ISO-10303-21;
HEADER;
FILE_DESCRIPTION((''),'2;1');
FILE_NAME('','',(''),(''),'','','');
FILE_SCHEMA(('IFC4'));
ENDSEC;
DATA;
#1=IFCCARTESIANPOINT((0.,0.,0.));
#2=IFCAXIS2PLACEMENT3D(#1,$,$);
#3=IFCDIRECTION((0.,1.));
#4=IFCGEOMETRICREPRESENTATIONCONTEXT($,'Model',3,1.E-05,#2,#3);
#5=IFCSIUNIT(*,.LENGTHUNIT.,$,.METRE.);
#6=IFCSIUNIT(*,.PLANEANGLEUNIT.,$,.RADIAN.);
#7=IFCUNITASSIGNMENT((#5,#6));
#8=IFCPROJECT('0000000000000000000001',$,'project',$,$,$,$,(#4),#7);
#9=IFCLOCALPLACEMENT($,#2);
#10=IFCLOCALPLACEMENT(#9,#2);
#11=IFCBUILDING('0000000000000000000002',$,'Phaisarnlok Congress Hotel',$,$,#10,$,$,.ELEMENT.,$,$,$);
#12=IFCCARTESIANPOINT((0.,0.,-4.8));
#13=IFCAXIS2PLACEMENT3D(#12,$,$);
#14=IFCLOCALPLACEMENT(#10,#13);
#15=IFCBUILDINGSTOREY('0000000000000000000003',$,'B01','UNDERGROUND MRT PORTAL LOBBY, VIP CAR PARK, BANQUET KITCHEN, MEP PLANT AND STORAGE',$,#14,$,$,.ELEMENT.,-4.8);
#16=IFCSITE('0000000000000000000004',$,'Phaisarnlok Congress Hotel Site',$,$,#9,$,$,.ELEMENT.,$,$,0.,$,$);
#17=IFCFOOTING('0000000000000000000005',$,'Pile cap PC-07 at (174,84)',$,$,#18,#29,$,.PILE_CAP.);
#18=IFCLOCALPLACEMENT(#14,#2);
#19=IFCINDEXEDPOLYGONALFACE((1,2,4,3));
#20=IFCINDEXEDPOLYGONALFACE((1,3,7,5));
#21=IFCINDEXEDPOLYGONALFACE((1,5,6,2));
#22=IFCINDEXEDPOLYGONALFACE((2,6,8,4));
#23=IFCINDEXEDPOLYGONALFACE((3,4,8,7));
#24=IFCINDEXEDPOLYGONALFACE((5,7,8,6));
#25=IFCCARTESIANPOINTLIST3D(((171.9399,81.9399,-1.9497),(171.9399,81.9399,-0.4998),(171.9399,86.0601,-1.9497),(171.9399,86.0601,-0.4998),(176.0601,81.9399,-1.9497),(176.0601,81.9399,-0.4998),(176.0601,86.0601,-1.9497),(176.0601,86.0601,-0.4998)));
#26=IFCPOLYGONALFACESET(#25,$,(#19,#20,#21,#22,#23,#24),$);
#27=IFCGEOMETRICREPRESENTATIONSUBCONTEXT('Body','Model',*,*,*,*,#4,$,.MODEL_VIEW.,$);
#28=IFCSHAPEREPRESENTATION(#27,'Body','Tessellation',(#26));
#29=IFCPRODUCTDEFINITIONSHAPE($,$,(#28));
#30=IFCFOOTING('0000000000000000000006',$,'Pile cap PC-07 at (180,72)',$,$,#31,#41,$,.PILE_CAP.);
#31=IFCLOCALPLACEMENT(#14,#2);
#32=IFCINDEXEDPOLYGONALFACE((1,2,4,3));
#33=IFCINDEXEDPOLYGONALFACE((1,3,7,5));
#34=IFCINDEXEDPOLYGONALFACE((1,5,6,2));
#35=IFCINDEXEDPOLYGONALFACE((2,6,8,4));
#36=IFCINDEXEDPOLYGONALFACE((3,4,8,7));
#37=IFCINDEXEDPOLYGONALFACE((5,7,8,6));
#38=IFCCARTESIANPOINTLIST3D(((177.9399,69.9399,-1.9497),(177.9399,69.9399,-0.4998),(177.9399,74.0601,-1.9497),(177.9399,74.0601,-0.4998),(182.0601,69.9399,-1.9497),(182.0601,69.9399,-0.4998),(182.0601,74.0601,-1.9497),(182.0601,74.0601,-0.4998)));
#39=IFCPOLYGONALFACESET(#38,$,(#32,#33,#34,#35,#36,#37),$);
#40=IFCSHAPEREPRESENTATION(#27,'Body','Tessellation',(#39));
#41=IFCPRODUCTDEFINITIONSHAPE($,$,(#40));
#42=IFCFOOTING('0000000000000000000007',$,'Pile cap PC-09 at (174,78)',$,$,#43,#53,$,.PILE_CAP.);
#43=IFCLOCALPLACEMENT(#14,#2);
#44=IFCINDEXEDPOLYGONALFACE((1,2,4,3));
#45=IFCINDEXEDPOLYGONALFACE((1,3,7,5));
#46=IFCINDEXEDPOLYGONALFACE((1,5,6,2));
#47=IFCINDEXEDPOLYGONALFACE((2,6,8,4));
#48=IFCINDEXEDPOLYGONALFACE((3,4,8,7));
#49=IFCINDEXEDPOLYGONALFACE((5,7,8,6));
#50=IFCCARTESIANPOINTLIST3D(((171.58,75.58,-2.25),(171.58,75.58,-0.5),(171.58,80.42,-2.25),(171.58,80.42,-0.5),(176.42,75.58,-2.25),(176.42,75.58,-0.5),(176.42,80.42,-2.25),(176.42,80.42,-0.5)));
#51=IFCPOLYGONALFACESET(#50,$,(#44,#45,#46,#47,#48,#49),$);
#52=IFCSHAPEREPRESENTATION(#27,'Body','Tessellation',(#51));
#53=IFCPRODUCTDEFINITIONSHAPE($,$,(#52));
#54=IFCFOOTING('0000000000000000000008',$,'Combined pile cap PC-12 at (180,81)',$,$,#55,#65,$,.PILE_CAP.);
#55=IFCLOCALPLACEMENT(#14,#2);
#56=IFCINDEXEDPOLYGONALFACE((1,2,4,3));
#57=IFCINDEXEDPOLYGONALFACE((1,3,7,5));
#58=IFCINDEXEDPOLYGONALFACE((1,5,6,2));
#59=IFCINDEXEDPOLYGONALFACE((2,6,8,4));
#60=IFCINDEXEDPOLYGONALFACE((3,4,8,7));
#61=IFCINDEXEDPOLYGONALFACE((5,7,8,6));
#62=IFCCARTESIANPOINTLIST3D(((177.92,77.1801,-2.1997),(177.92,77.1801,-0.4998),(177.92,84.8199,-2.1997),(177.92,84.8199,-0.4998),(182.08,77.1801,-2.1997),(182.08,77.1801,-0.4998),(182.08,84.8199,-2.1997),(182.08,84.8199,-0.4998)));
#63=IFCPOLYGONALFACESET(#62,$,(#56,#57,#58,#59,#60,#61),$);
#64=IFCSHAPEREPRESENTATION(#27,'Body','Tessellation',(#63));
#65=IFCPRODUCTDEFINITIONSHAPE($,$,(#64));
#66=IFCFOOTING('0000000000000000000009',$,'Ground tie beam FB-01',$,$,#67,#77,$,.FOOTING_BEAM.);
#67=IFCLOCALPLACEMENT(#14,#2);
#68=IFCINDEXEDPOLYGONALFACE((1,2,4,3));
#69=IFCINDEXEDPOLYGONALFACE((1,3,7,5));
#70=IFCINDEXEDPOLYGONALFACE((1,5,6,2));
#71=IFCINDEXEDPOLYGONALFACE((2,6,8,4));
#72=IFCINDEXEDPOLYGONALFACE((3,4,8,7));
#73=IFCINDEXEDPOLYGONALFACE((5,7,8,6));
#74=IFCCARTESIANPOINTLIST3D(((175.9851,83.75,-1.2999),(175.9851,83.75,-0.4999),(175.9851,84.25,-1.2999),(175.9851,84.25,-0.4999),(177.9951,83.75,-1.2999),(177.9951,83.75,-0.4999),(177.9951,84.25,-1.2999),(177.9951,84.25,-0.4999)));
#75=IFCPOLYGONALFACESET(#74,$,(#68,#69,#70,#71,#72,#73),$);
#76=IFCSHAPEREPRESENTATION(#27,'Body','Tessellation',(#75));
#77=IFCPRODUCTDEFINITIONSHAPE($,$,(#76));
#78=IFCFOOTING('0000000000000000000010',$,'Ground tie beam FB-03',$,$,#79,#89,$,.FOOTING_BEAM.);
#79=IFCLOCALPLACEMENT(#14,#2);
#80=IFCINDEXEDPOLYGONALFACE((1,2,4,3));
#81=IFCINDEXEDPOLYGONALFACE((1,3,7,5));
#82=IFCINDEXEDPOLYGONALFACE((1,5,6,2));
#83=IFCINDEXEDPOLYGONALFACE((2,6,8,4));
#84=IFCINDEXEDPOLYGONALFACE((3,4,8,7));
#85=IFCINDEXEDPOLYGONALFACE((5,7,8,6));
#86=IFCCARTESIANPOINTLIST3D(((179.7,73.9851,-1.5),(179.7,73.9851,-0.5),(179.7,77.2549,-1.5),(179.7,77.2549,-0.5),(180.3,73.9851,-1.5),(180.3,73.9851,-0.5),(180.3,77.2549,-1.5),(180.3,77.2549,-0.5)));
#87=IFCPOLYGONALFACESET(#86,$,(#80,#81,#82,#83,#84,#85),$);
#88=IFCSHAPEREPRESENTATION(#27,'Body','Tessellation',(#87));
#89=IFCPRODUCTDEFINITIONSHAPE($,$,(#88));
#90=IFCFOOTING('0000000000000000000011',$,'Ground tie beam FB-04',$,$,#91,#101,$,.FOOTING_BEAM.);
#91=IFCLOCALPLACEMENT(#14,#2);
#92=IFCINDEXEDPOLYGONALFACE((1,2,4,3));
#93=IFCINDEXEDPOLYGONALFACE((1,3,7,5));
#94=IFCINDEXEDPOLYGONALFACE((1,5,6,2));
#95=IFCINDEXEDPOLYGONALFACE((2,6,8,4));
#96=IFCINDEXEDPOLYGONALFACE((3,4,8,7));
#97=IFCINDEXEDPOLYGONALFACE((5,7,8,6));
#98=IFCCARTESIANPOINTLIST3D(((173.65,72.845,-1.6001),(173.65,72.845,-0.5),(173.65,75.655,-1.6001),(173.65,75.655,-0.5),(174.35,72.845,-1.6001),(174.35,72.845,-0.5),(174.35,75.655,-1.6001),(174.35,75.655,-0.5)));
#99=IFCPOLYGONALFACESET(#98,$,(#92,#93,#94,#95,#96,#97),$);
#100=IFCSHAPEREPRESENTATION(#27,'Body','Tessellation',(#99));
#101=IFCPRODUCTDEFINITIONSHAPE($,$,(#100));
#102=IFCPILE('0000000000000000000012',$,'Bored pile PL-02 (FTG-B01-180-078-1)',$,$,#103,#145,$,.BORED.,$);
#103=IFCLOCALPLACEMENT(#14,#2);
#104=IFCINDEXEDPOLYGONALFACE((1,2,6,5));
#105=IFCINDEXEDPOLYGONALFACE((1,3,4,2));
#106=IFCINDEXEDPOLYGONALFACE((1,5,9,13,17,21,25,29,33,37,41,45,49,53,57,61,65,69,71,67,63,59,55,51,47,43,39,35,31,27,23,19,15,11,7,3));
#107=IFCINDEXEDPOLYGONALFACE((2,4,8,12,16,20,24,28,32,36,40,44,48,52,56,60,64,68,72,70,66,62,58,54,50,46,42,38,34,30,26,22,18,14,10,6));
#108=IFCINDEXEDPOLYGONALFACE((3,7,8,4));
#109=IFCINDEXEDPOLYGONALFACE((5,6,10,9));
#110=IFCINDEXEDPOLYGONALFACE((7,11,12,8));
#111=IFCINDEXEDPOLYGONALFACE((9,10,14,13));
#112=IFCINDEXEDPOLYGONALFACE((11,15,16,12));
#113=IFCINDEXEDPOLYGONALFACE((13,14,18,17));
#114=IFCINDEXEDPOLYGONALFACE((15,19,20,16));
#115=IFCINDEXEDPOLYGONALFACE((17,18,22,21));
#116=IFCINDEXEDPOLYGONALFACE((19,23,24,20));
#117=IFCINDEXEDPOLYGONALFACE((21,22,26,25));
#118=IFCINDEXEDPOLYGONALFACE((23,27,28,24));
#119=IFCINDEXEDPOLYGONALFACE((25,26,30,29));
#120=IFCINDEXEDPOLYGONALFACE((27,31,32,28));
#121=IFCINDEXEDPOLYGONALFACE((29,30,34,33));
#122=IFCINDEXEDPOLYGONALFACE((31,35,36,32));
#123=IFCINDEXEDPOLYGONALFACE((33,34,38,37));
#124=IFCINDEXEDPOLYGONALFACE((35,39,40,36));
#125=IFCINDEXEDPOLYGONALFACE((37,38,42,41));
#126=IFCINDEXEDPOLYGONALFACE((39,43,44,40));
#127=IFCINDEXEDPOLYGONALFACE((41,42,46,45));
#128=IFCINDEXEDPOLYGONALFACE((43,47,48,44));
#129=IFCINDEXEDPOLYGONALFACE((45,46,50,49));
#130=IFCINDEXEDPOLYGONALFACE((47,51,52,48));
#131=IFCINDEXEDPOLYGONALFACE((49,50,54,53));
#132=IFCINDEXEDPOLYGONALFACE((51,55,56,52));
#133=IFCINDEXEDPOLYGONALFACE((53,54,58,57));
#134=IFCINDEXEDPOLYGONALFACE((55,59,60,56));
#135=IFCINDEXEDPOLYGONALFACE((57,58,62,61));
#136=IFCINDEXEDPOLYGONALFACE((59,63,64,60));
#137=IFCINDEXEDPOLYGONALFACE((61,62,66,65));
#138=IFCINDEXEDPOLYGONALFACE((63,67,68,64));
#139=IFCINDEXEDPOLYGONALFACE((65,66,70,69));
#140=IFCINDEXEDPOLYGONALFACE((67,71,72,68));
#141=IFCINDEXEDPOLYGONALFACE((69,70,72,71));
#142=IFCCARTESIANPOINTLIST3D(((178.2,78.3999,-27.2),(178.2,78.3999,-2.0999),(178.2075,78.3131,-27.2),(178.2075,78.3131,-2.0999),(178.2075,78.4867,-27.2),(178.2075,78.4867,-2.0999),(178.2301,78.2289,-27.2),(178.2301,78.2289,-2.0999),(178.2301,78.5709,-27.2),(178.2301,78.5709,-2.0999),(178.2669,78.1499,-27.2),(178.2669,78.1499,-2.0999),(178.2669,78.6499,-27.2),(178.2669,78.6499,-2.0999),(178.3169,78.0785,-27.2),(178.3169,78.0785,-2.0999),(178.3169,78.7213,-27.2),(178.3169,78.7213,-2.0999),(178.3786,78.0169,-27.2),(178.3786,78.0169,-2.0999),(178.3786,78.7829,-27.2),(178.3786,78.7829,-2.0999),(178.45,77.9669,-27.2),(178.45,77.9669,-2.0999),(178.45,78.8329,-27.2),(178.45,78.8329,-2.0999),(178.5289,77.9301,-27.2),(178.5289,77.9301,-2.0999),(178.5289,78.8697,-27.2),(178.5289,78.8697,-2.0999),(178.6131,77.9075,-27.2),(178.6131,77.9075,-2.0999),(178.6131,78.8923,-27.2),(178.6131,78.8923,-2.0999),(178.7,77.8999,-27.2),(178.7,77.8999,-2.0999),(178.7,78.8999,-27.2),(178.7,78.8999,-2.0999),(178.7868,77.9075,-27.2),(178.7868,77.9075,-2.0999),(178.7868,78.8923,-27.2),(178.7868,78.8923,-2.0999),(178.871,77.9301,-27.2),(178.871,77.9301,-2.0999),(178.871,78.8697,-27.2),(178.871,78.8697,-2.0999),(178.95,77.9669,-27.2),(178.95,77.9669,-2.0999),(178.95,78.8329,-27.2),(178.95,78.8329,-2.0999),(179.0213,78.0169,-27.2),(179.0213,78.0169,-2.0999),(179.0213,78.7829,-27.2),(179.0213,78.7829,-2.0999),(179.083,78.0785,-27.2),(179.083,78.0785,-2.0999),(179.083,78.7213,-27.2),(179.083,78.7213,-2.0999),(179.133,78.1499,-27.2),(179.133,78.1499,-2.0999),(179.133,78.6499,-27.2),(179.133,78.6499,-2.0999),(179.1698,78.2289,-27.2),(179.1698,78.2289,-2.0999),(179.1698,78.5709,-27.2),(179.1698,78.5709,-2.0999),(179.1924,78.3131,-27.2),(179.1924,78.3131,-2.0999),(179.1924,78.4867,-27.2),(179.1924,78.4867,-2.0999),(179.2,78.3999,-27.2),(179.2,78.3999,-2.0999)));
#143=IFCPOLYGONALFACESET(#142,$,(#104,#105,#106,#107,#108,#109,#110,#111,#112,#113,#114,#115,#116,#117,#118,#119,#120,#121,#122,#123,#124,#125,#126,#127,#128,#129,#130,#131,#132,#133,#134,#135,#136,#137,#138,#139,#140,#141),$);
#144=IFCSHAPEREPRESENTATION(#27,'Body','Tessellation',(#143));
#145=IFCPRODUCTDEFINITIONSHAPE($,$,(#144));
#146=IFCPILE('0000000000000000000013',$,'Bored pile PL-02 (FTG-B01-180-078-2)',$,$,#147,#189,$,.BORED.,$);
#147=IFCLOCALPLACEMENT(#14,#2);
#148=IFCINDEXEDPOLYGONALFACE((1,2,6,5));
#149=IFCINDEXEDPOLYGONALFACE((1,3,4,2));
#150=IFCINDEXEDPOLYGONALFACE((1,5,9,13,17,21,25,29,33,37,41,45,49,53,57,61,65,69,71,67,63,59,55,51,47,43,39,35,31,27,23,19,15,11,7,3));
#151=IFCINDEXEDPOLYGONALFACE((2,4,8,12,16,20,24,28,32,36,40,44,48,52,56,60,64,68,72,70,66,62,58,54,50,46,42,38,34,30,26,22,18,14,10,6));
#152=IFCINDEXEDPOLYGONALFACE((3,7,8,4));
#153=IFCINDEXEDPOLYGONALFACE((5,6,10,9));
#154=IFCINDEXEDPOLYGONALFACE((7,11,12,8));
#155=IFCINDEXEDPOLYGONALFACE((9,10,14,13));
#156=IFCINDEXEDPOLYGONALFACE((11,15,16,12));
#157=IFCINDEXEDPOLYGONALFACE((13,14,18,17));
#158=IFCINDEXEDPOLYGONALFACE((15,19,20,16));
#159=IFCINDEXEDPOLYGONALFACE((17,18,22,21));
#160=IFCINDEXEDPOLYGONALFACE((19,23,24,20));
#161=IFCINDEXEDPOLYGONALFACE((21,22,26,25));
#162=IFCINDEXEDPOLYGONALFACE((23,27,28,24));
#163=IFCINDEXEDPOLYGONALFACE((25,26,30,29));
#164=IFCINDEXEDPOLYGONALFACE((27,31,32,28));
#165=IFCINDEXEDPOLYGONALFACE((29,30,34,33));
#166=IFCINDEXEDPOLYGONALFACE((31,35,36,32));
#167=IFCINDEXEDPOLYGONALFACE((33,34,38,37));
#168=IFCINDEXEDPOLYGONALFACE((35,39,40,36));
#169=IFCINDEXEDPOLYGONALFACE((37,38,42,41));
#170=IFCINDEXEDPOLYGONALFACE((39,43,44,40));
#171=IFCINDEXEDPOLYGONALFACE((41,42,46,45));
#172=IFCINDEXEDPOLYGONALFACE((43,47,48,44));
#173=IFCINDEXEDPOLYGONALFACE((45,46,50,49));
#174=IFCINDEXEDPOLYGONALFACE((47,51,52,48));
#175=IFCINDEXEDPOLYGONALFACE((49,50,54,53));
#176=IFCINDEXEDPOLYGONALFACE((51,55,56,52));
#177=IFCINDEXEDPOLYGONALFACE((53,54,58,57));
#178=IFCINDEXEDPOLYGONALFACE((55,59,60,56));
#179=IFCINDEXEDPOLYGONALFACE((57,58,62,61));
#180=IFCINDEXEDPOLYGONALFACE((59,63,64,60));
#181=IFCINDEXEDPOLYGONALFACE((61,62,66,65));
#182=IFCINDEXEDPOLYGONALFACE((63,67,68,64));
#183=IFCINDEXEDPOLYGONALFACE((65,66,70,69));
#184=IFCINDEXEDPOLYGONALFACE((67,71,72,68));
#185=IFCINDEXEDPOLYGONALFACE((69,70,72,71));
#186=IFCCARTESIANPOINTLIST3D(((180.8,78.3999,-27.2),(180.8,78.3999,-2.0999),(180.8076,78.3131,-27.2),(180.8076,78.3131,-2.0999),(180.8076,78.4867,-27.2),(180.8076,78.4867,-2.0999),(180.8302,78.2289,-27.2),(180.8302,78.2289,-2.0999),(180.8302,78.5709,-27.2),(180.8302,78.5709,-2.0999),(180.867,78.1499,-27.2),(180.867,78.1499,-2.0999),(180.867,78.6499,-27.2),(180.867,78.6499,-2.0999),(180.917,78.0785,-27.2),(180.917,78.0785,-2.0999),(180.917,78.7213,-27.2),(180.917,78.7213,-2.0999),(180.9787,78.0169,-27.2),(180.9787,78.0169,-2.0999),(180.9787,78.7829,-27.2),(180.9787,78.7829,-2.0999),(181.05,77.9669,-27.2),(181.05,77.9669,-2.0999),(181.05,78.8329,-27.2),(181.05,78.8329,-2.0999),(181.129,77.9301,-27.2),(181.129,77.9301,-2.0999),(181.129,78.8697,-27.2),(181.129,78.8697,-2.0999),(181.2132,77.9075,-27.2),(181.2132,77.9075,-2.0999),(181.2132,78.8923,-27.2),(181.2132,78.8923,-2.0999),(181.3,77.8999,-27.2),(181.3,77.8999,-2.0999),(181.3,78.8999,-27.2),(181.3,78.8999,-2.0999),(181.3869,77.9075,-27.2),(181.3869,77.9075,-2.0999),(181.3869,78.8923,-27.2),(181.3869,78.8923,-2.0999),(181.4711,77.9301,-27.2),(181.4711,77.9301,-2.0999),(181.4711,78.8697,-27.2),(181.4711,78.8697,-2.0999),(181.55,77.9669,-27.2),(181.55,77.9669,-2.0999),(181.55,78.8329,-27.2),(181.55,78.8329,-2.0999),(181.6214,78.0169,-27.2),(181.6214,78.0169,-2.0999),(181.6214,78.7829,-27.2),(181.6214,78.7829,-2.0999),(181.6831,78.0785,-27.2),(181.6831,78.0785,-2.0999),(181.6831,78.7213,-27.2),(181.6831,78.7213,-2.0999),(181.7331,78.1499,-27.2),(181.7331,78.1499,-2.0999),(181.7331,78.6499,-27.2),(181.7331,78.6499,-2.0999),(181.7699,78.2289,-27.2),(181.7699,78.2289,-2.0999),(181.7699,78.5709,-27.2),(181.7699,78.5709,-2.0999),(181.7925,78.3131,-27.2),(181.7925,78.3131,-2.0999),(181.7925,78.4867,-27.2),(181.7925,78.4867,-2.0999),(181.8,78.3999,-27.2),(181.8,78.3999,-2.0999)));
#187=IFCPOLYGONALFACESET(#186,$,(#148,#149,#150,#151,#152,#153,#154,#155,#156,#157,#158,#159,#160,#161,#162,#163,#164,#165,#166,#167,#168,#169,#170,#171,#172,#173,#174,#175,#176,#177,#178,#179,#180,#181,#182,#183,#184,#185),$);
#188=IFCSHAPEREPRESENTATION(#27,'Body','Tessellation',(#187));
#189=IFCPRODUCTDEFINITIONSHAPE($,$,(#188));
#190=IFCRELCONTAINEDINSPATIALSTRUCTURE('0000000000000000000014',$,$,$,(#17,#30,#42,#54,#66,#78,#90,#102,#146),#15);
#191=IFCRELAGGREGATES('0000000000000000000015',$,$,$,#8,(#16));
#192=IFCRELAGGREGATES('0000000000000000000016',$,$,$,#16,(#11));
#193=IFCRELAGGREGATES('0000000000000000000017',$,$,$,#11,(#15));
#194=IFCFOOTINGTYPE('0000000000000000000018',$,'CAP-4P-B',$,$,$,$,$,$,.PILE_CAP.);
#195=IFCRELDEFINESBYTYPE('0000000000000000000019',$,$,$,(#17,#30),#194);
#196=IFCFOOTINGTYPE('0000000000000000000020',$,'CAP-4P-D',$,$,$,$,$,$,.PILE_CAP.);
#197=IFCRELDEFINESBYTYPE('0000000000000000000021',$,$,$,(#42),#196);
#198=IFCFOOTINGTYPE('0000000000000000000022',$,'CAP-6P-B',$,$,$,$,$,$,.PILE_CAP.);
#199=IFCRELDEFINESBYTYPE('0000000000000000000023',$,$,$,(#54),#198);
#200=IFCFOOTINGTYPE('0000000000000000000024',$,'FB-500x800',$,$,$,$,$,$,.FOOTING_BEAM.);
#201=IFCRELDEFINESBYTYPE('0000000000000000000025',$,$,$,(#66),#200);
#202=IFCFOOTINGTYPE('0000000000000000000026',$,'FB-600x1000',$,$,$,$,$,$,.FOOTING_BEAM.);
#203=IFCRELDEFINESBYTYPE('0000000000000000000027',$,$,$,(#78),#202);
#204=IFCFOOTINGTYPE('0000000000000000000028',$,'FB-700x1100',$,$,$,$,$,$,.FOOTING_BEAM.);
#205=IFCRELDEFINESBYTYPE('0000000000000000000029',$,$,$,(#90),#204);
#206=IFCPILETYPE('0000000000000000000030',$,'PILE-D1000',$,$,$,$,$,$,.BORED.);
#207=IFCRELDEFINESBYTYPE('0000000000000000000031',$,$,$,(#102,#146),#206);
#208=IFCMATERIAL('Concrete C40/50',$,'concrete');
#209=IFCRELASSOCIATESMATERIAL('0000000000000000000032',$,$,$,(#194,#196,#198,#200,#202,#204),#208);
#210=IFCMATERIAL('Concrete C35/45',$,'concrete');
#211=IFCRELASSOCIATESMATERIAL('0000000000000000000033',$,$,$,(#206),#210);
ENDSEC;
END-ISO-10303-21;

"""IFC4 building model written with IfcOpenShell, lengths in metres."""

from ifc_helpers import new_model, si_unit, direction, frame, origin, origin_2d, place, context, subcontext, project, spatial, rectangle, circle, extrude, material, material_profile, profile_set, type_object, element, save


model = new_model("IFC4")

# Units and contexts
model_context = context("Model", 3, precision=1e-05, world=origin(), true_north=direction((0.0, 1.0)))
body_context = subcontext(model_context, "Body", "Model", "MODEL_VIEW")
ifc_project = project(units=[si_unit("LENGTHUNIT", "METRE"), si_unit("PLANEANGLEUNIT", "RADIAN")], contexts=[model_context])

# Site, building, storey
site_placement = place(None, origin())
site = spatial("IfcSite", under=ifc_project, at=site_placement, Name="Phaisarnlok Congress Hotel Site", CompositionType="ELEMENT", RefElevation=0.0)
building_placement = place(site_placement, origin())
building = spatial("IfcBuilding", under=site, at=building_placement, Name="Phaisarnlok Congress Hotel", CompositionType="ELEMENT")
storey_placement = place(building_placement, frame((0.0, 0.0, -4.8)))
storey = spatial("IfcBuildingStorey", under=building, at=storey_placement, Name="B01", Description="UNDERGROUND MRT PORTAL LOBBY, VIP CAR PARK, BANQUET KITCHEN, MEP PLANT AND STORAGE", CompositionType="ELEMENT", Elevation=-4.8)

# Footings
ifc_material_1 = material(Name="Concrete C40/50", Category="concrete")
footing_type_1 = type_object("IfcFootingType", Name="CAP-4P-B", PredefinedType="PILE_CAP", material=ifc_material_1)
for number, where, z_axis, x_axis, name in (
    (1, (174.0, 84.0, -1.9497), (0.0, 0.0, 1.0), (1.0, 0.0, 0.0), "Pile cap PC-07 at (174,84)"),
    (2, (180.0, 72.0, -1.9497), (0.0, 0.0, 1.0), (1.0, 0.0, 0.0), "Pile cap PC-07 at (180,72)"),
):
    element("IfcFooting", number, at=place(storey_placement, frame(where, z_axis=z_axis, x_axis=x_axis)), inside=storey, type_object=footing_type_1, Name=name, PredefinedType="PILE_CAP", context=body_context, shape_type="SweptSolid", body=[
        extrude(rectangle(XDim=4.1201, YDim=4.1201, at=origin_2d()), origin(), (0.0, 0.0, 1.0), 1.45),
    ])
footing_type_2 = type_object("IfcFootingType", Name="CAP-4P-D", PredefinedType="PILE_CAP", material=ifc_material_1)
footing_1_placement = place(storey_placement, frame((174.0, 78.0, -2.25), z_axis=(0.0, 0.0, 1.0), x_axis=(1.0, 0.0, 0.0)))
element("IfcFooting", 3, at=footing_1_placement, inside=storey, type_object=footing_type_2, Name="Pile cap PC-09 at (174,78)", PredefinedType="PILE_CAP", context=body_context, shape_type="SweptSolid", body=[
    extrude(rectangle(XDim=4.8401, YDim=4.8401, at=origin_2d()), origin(), (0.0, 0.0, 1.0), 1.75),
])
footing_type_3 = type_object("IfcFootingType", Name="CAP-6P-B", PredefinedType="PILE_CAP", material=ifc_material_1)
footing_2_placement = place(storey_placement, frame((180.0, 81.0, -2.1997), z_axis=(0.0, 0.0, 1.0), x_axis=(1.0, 0.0, 0.0)))
element("IfcFooting", 4, at=footing_2_placement, inside=storey, type_object=footing_type_3, Name="Combined pile cap PC-12 at (180,81)", PredefinedType="PILE_CAP", context=body_context, shape_type="SweptSolid", body=[
    extrude(rectangle(XDim=4.1599, YDim=7.6399, at=origin_2d()), origin(), (0.0, 0.0, 1.0), 1.7),
])
ifc_material_profile_1 = material_profile(ifc_material_1, rectangle(XDim=0.5, YDim=0.8, at=origin_2d()), Name="FB-500x800")
ifc_profile_set_1 = profile_set([ifc_material_profile_1], Name="Concrete C40/50")
footing_type_4 = type_object("IfcFootingType", Name="FB-500x800", PredefinedType="FOOTING_BEAM", material=ifc_profile_set_1)
footing_3_placement = place(storey_placement, frame((175.9851, 84.0, -0.8999), z_axis=(1.0, 0.0, 0.0), x_axis=(0.0, 1.0, 0.0)))
element("IfcFooting", 5, at=footing_3_placement, inside=storey, type_object=footing_type_4, Name="Ground tie beam FB-01", PredefinedType="FOOTING_BEAM", context=body_context, shape_type="SweptSolid", body=[
    extrude(rectangle(XDim=0.5, YDim=0.8, at=origin_2d()), origin(), (0.0, 0.0, 1.0), 2.01),
])
ifc_material_profile_2 = material_profile(ifc_material_1, rectangle(XDim=0.6001, YDim=1.0, at=origin_2d()), Name="FB-600x1000")
ifc_profile_set_2 = profile_set([ifc_material_profile_2], Name="Concrete C40/50")
footing_type_5 = type_object("IfcFootingType", Name="FB-600x1000", PredefinedType="FOOTING_BEAM", material=ifc_profile_set_2)
footing_4_placement = place(storey_placement, frame((180.0, 73.9851, -1.0), z_axis=(0.0, 1.0, 0.0), x_axis=(-1.0, 0.0, 0.0)))
element("IfcFooting", 6, at=footing_4_placement, inside=storey, type_object=footing_type_5, Name="Ground tie beam FB-03", PredefinedType="FOOTING_BEAM", context=body_context, shape_type="SweptSolid", body=[
    extrude(rectangle(XDim=0.6001, YDim=1.0, at=origin_2d()), origin(), (0.0, 0.0, 1.0), 3.2698),
])
ifc_material_profile_3 = material_profile(ifc_material_1, rectangle(XDim=0.7, YDim=1.1001, at=origin_2d()), Name="FB-700x1100")
ifc_profile_set_3 = profile_set([ifc_material_profile_3], Name="Concrete C40/50")
footing_type_6 = type_object("IfcFootingType", Name="FB-700x1100", PredefinedType="FOOTING_BEAM", material=ifc_profile_set_3)
footing_5_placement = place(storey_placement, frame((174.0, 72.845, -1.05), z_axis=(0.0, 1.0, 0.0), x_axis=(-1.0, 0.0, 0.0)))
element("IfcFooting", 7, at=footing_5_placement, inside=storey, type_object=footing_type_6, Name="Ground tie beam FB-04", PredefinedType="FOOTING_BEAM", context=body_context, shape_type="SweptSolid", body=[
    extrude(rectangle(XDim=0.7, YDim=1.1001, at=origin_2d()), origin(), (0.0, 0.0, 1.0), 2.8101),
])

# Piles
ifc_material_2 = material(Name="Concrete C35/45", Category="concrete")
ifc_material_profile_4 = material_profile(ifc_material_2, circle(Radius=0.5, at=origin_2d()), Name="BORED PILE D1000")
ifc_profile_set_4 = profile_set([ifc_material_profile_4], Name="Concrete C35/45")
pile_type_1 = type_object("IfcPileType", Name="PILE-D1000", PredefinedType="BORED", material=ifc_profile_set_4)
for number, where, z_axis, x_axis, name in (
    (8, (178.7, 78.3999, -2.0999), (0.0, 0.0, -1.0), (1.0, 0.0, 0.0), "Bored pile PL-02 (FTG-B01-180-078-1)"),
    (9, (181.3, 78.3999, -2.0999), (0.0, 0.0, -1.0), (1.0, 0.0, 0.0), "Bored pile PL-02 (FTG-B01-180-078-2)"),
):
    element("IfcPile", number, at=place(storey_placement, frame(where, z_axis=z_axis, x_axis=x_axis)), inside=storey, type_object=pile_type_1, Name=name, PredefinedType="BORED", context=body_context, shape_type="SweptSolid", body=[
        extrude(circle(Radius=0.5, at=origin_2d()), origin(), (0.0, 0.0, 1.0), 25.1001),
    ])

save(model, "model.ifc")
